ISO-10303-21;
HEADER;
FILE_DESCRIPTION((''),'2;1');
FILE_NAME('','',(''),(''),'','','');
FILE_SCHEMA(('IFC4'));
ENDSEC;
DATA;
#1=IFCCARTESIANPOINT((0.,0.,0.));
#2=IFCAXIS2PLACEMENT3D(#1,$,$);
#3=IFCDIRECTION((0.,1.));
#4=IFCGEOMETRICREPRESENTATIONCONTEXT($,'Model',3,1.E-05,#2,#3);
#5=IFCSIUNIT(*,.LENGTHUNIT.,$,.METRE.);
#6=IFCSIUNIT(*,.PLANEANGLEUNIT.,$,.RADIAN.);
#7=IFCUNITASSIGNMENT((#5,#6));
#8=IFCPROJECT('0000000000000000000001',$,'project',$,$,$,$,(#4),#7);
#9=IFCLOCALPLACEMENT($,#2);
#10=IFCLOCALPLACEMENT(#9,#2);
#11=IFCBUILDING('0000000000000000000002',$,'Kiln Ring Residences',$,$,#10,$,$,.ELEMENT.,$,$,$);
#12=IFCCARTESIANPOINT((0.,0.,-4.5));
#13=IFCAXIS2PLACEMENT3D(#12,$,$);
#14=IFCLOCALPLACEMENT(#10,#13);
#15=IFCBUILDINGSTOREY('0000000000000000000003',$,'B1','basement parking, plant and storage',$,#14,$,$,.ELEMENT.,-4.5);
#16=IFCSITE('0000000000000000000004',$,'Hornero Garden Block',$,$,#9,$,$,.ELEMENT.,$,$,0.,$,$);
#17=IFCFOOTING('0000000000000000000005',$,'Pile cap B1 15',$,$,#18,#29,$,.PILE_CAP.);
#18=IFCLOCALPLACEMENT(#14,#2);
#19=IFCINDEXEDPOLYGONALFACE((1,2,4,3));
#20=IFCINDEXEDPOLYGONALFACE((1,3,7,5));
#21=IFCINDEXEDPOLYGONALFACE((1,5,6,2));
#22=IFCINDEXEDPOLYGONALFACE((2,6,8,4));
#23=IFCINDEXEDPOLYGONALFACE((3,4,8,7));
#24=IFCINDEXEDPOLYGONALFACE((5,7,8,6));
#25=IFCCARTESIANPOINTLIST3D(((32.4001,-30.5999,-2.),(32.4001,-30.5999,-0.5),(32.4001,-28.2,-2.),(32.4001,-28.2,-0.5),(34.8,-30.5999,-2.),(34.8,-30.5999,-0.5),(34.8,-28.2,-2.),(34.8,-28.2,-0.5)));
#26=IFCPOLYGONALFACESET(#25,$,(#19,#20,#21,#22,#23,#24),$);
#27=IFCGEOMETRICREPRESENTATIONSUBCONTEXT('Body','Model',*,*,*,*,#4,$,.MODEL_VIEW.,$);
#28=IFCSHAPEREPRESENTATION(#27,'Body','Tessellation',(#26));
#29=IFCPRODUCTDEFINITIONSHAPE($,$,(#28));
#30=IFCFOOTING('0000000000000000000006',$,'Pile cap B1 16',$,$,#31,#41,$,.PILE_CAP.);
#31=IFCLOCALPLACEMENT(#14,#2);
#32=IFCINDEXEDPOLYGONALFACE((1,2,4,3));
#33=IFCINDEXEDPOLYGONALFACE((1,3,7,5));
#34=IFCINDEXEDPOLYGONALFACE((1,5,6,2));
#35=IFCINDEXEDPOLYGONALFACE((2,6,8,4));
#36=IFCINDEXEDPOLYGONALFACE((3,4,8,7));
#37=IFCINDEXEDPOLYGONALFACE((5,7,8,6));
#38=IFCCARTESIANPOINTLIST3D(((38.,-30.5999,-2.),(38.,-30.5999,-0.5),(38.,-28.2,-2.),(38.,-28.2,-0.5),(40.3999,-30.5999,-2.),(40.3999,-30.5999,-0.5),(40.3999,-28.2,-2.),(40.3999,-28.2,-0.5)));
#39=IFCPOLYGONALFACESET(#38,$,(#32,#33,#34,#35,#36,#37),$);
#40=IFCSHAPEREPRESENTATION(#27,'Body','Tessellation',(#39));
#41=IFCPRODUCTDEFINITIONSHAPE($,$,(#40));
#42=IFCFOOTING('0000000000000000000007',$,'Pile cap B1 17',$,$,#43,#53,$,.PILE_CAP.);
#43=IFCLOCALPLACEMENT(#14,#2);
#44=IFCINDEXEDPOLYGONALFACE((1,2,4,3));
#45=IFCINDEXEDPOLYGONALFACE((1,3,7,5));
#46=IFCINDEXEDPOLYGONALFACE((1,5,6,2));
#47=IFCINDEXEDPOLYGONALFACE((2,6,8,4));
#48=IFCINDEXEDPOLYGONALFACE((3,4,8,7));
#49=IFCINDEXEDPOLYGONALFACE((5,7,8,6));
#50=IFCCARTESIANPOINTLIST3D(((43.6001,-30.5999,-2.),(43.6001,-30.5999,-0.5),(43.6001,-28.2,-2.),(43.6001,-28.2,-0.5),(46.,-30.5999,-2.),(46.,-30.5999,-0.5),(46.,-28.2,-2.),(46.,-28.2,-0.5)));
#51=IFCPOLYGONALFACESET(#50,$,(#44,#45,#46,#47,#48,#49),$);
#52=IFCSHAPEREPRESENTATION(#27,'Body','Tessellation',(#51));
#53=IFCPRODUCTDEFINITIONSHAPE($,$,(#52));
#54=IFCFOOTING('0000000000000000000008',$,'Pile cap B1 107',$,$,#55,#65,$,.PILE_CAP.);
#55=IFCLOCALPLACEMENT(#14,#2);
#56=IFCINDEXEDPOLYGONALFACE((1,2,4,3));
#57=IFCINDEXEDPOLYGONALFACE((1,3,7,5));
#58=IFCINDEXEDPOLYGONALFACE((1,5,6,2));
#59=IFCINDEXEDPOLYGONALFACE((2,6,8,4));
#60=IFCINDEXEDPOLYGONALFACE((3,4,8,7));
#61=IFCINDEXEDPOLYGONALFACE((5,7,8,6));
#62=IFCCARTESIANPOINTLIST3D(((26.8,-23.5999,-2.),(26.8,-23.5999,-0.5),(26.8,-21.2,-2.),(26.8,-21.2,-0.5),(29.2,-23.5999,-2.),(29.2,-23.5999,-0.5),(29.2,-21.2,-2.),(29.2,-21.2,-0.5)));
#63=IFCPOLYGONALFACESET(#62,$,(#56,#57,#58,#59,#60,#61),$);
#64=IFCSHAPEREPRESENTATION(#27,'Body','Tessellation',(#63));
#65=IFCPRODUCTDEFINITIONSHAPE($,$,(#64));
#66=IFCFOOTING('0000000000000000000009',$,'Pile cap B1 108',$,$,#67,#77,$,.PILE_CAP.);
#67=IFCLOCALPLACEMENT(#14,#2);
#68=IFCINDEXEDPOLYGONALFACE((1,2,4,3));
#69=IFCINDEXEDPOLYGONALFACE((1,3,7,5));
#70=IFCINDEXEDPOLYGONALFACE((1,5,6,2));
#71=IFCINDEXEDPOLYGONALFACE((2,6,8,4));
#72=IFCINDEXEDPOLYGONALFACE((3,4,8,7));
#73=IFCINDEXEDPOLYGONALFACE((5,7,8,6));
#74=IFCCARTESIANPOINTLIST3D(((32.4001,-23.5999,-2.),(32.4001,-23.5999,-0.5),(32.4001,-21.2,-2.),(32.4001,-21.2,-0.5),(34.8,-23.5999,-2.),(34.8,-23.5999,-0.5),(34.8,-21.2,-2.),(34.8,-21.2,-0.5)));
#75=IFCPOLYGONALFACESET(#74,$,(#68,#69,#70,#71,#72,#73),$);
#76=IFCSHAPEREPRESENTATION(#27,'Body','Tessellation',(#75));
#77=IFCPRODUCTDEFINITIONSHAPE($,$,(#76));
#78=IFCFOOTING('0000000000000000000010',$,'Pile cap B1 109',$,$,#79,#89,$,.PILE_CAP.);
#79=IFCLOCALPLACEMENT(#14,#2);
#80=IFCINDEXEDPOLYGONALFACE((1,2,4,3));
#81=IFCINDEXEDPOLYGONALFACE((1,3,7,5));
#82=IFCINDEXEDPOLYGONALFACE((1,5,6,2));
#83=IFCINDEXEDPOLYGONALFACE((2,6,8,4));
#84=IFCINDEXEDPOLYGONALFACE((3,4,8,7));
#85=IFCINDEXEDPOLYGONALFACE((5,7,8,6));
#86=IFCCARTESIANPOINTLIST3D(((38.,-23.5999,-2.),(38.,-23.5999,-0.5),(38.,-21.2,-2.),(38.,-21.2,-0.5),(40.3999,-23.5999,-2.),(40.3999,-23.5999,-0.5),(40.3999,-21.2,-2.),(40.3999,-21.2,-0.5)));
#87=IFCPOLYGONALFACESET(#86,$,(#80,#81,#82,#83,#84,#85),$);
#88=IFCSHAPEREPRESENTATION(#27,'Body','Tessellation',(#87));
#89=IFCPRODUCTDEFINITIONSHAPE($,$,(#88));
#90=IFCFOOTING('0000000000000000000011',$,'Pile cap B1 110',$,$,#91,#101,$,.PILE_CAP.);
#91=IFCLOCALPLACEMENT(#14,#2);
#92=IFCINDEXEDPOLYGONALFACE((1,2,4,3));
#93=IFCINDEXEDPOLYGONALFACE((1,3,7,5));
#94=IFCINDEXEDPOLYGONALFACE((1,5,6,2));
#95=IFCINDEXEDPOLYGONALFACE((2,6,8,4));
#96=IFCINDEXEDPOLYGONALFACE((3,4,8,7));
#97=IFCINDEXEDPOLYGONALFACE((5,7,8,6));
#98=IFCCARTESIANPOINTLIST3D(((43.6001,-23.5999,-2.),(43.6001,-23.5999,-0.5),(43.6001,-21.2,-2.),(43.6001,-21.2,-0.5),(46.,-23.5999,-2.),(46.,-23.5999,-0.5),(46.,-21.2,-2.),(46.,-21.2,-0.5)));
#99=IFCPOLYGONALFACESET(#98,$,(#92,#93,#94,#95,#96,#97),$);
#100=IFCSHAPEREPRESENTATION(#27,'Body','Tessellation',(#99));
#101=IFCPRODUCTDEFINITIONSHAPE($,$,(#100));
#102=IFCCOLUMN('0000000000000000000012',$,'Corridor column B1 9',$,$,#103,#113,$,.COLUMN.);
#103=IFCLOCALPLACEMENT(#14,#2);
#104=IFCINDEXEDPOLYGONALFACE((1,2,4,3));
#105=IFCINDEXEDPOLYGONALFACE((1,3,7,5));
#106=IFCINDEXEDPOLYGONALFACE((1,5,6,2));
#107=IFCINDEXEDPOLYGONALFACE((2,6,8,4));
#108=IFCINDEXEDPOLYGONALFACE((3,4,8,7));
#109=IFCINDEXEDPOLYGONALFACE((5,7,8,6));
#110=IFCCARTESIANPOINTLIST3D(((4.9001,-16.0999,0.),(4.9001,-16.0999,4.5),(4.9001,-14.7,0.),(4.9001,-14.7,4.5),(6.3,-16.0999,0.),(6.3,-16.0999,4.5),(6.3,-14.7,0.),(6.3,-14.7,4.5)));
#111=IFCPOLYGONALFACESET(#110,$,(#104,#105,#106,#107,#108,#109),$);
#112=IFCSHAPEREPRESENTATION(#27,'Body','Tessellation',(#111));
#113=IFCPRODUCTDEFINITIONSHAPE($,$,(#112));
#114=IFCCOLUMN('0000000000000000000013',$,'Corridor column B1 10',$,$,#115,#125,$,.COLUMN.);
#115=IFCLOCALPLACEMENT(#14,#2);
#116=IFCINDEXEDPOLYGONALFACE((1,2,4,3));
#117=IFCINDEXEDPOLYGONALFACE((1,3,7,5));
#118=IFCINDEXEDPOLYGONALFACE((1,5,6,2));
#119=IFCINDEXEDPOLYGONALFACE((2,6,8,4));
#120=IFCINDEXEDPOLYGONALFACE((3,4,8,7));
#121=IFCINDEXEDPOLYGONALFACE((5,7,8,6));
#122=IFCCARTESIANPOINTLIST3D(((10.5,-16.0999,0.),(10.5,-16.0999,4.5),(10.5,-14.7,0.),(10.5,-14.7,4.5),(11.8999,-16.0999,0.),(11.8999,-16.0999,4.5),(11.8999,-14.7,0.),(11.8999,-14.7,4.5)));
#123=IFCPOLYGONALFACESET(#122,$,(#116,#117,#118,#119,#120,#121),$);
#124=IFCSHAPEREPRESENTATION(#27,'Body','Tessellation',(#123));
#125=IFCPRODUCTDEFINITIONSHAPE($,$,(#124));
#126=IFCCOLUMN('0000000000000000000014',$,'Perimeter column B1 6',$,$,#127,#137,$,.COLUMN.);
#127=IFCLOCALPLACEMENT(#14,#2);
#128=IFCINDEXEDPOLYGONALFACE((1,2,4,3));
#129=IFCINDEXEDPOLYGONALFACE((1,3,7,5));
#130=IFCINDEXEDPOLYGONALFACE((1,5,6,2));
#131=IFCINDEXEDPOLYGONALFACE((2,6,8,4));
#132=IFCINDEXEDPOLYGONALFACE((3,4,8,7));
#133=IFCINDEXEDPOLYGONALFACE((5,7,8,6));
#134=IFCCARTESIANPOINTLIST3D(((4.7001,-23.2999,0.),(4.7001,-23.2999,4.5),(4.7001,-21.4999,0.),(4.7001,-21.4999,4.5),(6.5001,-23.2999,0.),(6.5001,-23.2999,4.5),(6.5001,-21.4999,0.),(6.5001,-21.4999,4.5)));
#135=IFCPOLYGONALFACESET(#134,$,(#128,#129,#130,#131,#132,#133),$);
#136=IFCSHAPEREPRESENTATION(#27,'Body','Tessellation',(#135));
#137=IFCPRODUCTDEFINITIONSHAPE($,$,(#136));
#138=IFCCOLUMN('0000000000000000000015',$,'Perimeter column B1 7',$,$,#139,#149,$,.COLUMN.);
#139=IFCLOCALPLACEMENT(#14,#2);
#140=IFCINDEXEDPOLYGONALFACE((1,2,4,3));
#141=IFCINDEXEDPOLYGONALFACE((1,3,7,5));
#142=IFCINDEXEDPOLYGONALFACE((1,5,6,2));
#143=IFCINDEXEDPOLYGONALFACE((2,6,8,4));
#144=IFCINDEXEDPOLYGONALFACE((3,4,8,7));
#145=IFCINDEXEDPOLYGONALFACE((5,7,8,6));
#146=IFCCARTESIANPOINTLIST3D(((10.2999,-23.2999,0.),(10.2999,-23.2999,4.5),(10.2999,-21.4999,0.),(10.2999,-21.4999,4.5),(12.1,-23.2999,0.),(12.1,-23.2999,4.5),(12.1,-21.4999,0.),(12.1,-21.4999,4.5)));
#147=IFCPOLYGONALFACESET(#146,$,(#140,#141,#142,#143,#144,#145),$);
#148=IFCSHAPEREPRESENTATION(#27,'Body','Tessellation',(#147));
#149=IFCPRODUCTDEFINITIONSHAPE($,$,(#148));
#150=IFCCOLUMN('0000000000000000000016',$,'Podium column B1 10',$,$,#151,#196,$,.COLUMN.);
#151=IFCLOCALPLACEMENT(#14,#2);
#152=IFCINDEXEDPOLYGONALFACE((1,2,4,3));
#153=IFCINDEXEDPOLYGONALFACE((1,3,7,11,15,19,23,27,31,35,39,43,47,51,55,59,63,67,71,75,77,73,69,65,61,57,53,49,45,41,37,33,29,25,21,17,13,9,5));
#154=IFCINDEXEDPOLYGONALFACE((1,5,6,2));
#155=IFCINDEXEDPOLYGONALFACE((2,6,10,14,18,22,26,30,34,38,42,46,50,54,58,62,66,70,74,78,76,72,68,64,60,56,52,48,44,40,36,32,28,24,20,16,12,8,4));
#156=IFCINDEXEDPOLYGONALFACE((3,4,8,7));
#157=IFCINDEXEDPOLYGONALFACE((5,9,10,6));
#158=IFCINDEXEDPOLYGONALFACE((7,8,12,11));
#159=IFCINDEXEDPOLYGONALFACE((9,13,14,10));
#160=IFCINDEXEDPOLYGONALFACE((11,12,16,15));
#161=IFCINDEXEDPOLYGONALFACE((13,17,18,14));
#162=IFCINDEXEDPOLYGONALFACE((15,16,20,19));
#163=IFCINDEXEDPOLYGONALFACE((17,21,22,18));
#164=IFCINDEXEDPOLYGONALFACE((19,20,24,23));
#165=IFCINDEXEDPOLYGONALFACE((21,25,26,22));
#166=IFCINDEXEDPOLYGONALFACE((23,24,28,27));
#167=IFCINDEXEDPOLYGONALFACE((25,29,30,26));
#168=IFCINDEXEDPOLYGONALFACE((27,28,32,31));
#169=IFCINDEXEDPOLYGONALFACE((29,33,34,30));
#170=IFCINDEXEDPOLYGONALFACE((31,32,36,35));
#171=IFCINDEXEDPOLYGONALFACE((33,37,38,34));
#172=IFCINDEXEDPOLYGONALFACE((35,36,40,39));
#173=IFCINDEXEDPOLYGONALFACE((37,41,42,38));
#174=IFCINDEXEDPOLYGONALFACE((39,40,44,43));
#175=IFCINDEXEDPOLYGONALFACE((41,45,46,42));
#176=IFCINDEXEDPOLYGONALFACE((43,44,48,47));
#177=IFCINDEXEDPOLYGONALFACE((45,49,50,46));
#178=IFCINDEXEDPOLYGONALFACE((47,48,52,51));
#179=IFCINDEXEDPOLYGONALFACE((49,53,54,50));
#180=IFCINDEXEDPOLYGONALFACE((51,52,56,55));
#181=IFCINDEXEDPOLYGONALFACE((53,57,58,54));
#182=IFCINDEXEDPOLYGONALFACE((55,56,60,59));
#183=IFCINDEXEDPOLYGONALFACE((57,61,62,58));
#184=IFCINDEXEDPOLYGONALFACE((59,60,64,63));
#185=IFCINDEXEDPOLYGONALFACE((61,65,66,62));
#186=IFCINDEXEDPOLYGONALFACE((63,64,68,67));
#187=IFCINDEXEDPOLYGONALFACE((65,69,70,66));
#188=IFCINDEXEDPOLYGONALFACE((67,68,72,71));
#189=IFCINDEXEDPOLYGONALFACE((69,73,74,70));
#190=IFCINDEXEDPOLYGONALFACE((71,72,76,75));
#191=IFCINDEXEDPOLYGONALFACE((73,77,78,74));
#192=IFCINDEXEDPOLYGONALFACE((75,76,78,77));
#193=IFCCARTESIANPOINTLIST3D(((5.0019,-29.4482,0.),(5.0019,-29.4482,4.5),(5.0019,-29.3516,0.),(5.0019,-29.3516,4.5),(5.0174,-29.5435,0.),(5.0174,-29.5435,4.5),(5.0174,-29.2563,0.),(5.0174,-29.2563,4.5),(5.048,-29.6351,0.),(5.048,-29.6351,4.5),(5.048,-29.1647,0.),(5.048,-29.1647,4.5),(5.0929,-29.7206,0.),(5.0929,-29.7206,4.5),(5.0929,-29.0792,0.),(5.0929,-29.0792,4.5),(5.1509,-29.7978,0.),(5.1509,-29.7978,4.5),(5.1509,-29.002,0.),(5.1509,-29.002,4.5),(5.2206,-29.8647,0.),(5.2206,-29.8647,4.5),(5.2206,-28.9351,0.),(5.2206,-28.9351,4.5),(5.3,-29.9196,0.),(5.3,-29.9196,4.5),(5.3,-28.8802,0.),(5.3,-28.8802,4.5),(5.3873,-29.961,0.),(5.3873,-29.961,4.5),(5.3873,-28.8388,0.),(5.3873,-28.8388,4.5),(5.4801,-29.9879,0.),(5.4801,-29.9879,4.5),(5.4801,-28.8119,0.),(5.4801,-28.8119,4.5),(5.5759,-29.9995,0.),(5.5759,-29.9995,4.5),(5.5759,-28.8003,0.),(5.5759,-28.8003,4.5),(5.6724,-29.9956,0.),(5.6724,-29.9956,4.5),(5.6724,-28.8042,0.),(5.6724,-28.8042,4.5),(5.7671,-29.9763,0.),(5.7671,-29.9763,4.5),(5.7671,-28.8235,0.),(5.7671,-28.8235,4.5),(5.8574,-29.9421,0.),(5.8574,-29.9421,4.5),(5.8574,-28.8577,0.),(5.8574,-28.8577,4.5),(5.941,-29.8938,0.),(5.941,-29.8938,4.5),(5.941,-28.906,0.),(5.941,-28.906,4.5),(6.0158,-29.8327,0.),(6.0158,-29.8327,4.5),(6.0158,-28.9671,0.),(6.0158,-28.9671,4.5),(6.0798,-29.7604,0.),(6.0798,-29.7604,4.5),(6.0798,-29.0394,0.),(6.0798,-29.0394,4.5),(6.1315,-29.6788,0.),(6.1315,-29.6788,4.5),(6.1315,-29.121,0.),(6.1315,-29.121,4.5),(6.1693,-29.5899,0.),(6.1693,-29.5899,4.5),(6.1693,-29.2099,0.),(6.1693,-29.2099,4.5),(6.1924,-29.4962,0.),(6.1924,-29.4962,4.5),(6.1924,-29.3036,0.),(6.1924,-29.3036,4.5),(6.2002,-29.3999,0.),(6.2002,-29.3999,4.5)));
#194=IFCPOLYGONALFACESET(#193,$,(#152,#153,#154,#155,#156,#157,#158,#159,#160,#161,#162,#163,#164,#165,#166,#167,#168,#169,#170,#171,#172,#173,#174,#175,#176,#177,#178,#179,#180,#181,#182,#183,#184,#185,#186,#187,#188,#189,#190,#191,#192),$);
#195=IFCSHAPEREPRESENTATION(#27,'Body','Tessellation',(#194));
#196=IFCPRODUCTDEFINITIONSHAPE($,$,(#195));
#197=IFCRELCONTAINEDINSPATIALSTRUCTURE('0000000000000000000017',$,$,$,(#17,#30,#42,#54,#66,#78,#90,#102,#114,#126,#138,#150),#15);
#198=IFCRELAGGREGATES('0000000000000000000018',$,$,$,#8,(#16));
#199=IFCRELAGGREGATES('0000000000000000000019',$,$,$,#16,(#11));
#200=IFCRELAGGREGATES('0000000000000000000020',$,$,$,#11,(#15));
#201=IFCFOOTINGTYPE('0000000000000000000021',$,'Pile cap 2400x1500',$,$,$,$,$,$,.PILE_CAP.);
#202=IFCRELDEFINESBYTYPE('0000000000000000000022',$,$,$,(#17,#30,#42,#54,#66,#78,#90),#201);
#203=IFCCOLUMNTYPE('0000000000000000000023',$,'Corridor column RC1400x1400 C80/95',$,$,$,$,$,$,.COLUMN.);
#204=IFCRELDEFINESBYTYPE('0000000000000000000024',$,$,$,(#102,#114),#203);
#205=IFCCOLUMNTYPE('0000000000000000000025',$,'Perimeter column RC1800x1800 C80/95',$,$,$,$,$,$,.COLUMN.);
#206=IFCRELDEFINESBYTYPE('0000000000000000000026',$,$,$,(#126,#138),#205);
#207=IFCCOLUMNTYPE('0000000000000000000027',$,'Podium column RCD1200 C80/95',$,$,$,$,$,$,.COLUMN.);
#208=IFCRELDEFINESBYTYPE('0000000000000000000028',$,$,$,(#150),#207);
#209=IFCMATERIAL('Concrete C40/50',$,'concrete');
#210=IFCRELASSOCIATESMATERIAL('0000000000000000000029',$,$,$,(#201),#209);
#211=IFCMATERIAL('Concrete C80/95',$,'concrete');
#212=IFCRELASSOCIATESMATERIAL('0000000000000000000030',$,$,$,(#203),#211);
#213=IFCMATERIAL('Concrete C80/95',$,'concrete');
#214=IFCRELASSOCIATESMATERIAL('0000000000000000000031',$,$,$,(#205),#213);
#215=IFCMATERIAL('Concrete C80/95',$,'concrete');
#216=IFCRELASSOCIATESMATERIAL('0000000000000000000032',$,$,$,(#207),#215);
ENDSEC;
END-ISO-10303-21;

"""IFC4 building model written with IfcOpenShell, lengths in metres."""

from ifc_helpers import new_model, si_unit, direction, frame, origin, origin_2d, place, context, subcontext, project, spatial, rectangle, circle, extrude, material, material_profile, profile_set, type_object, element, save


model = new_model("IFC4")

# Units and contexts
model_context = context("Model", 3, precision=1e-05, world=origin(), true_north=direction((0.0, 1.0)))
body_context = subcontext(model_context, "Body", "Model", "MODEL_VIEW")
ifc_project = project(units=[si_unit("LENGTHUNIT", "METRE"), si_unit("PLANEANGLEUNIT", "RADIAN")], contexts=[model_context])

# Site, building, storey
site_placement = place(None, origin())
site = spatial("IfcSite", under=ifc_project, at=site_placement, Name="Hornero Garden Block", CompositionType="ELEMENT", RefElevation=0.0)
building_placement = place(site_placement, origin())
building = spatial("IfcBuilding", under=site, at=building_placement, Name="Kiln Ring Residences", CompositionType="ELEMENT")
storey_placement = place(building_placement, frame((0.0, 0.0, -4.5)))
storey = spatial("IfcBuildingStorey", under=building, at=storey_placement, Name="B1", Description="basement parking, plant and storage", CompositionType="ELEMENT", Elevation=-4.5)

# Footings
ifc_material_1 = material(Name="Concrete C40/50", Category="concrete")
footing_type = type_object("IfcFootingType", Name="Pile cap 2400x1500", PredefinedType="PILE_CAP", material=ifc_material_1)
for number, where, z_axis, x_axis, name in (
    (1, (33.6001, -29.3999, -2.0), (0.0, 0.0, 1.0), (1.0, 0.0, 0.0), "Pile cap B1 15"),
    (2, (39.2, -29.3999, -2.0), (0.0, 0.0, 1.0), (1.0, 0.0, 0.0), "Pile cap B1 16"),
    (3, (44.8, -29.3999, -2.0), (0.0, 0.0, 1.0), (1.0, 0.0, 0.0), "Pile cap B1 17"),
    (4, (28.0, -22.3999, -2.0), (0.0, 0.0, 1.0), (1.0, 0.0, 0.0), "Pile cap B1 107"),
    (5, (33.6001, -22.3999, -2.0), (0.0, 0.0, 1.0), (1.0, 0.0, 0.0), "Pile cap B1 108"),
    (6, (39.2, -22.3999, -2.0), (0.0, 0.0, 1.0), (1.0, 0.0, 0.0), "Pile cap B1 109"),
    (7, (44.8, -22.3999, -2.0), (0.0, 0.0, 1.0), (1.0, 0.0, 0.0), "Pile cap B1 110"),
):
    element("IfcFooting", number, at=place(storey_placement, frame(where, z_axis=z_axis, x_axis=x_axis)), inside=storey, type_object=footing_type, Name=name, PredefinedType="PILE_CAP", context=body_context, shape_type="SweptSolid", body=[
        extrude(rectangle(XDim=2.3999, YDim=2.3999, at=origin_2d()), origin(), (0.0, 0.0, 1.0), 1.5),
    ])

# Columns
ifc_material_2 = material(Name="Concrete C80/95", Category="concrete")
ifc_material_profile_1 = material_profile(ifc_material_2, rectangle(XDim=1.3999, YDim=1.3999, at=origin_2d()), Name="RC1400x1400")
ifc_profile_set_1 = profile_set([ifc_material_profile_1], Name="Concrete C80/95")
column_type_1 = type_object("IfcColumnType", Name="Corridor column RC1400x1400 C80/95", PredefinedType="COLUMN", material=ifc_profile_set_1)
for number, where, z_axis, x_axis, name in (
    (8, (5.6001, -15.3999, 0.0), (0.0, 0.0, 1.0), (1.0, 0.0, 0.0), "Corridor column B1 9"),
    (9, (11.2, -15.3999, 0.0), (0.0, 0.0, 1.0), (1.0, 0.0, 0.0), "Corridor column B1 10"),
):
    element("IfcColumn", number, at=place(storey_placement, frame(where, z_axis=z_axis, x_axis=x_axis)), inside=storey, type_object=column_type_1, Name=name, PredefinedType="COLUMN", context=body_context, shape_type="SweptSolid", body=[
        extrude(rectangle(XDim=1.3999, YDim=1.3999, at=origin_2d()), origin(), (0.0, 0.0, 1.0), 4.5),
    ])
ifc_material_3 = material(Name="Concrete C80/95", Category="concrete")
ifc_material_profile_2 = material_profile(ifc_material_3, rectangle(XDim=1.8, YDim=1.8, at=origin_2d()), Name="RC1800x1800")
ifc_profile_set_2 = profile_set([ifc_material_profile_2], Name="Concrete C80/95")
column_type_2 = type_object("IfcColumnType", Name="Perimeter column RC1800x1800 C80/95", PredefinedType="COLUMN", material=ifc_profile_set_2)
for number, where, z_axis, x_axis, name in (
    (10, (5.6001, -22.3999, 0.0), (0.0, 0.0, 1.0), (1.0, 0.0, 0.0), "Perimeter column B1 6"),
    (11, (11.2, -22.3999, 0.0), (0.0, 0.0, 1.0), (1.0, 0.0, 0.0), "Perimeter column B1 7"),
):
    element("IfcColumn", number, at=place(storey_placement, frame(where, z_axis=z_axis, x_axis=x_axis)), inside=storey, type_object=column_type_2, Name=name, PredefinedType="COLUMN", context=body_context, shape_type="SweptSolid", body=[
        extrude(rectangle(XDim=1.8, YDim=1.8, at=origin_2d()), origin(), (0.0, 0.0, 1.0), 4.5),
    ])
ifc_material_4 = material(Name="Concrete C80/95", Category="concrete")
ifc_material_profile_3 = material_profile(ifc_material_4, circle(Radius=0.6001, at=origin_2d()), Name="RCD1200")
ifc_profile_set_3 = profile_set([ifc_material_profile_3], Name="Concrete C80/95")
column_type_3 = type_object("IfcColumnType", Name="Podium column RCD1200 C80/95", PredefinedType="COLUMN", material=ifc_profile_set_3)
for number, where, z_axis, x_axis, name in (
    (12, (5.6001, -29.3999, 0.0), (0.0, 0.0, 1.0), (1.0, 0.0, 0.0), "Podium column B1 10"),
):
    element("IfcColumn", number, at=place(storey_placement, frame(where, z_axis=z_axis, x_axis=x_axis)), inside=storey, type_object=column_type_3, Name=name, PredefinedType="COLUMN", context=body_context, shape_type="SweptSolid", body=[
        extrude(circle(Radius=0.6001, at=origin_2d()), origin(), (0.0, 0.0, 1.0), 4.5),
    ])

save(model, "model.ifc")
